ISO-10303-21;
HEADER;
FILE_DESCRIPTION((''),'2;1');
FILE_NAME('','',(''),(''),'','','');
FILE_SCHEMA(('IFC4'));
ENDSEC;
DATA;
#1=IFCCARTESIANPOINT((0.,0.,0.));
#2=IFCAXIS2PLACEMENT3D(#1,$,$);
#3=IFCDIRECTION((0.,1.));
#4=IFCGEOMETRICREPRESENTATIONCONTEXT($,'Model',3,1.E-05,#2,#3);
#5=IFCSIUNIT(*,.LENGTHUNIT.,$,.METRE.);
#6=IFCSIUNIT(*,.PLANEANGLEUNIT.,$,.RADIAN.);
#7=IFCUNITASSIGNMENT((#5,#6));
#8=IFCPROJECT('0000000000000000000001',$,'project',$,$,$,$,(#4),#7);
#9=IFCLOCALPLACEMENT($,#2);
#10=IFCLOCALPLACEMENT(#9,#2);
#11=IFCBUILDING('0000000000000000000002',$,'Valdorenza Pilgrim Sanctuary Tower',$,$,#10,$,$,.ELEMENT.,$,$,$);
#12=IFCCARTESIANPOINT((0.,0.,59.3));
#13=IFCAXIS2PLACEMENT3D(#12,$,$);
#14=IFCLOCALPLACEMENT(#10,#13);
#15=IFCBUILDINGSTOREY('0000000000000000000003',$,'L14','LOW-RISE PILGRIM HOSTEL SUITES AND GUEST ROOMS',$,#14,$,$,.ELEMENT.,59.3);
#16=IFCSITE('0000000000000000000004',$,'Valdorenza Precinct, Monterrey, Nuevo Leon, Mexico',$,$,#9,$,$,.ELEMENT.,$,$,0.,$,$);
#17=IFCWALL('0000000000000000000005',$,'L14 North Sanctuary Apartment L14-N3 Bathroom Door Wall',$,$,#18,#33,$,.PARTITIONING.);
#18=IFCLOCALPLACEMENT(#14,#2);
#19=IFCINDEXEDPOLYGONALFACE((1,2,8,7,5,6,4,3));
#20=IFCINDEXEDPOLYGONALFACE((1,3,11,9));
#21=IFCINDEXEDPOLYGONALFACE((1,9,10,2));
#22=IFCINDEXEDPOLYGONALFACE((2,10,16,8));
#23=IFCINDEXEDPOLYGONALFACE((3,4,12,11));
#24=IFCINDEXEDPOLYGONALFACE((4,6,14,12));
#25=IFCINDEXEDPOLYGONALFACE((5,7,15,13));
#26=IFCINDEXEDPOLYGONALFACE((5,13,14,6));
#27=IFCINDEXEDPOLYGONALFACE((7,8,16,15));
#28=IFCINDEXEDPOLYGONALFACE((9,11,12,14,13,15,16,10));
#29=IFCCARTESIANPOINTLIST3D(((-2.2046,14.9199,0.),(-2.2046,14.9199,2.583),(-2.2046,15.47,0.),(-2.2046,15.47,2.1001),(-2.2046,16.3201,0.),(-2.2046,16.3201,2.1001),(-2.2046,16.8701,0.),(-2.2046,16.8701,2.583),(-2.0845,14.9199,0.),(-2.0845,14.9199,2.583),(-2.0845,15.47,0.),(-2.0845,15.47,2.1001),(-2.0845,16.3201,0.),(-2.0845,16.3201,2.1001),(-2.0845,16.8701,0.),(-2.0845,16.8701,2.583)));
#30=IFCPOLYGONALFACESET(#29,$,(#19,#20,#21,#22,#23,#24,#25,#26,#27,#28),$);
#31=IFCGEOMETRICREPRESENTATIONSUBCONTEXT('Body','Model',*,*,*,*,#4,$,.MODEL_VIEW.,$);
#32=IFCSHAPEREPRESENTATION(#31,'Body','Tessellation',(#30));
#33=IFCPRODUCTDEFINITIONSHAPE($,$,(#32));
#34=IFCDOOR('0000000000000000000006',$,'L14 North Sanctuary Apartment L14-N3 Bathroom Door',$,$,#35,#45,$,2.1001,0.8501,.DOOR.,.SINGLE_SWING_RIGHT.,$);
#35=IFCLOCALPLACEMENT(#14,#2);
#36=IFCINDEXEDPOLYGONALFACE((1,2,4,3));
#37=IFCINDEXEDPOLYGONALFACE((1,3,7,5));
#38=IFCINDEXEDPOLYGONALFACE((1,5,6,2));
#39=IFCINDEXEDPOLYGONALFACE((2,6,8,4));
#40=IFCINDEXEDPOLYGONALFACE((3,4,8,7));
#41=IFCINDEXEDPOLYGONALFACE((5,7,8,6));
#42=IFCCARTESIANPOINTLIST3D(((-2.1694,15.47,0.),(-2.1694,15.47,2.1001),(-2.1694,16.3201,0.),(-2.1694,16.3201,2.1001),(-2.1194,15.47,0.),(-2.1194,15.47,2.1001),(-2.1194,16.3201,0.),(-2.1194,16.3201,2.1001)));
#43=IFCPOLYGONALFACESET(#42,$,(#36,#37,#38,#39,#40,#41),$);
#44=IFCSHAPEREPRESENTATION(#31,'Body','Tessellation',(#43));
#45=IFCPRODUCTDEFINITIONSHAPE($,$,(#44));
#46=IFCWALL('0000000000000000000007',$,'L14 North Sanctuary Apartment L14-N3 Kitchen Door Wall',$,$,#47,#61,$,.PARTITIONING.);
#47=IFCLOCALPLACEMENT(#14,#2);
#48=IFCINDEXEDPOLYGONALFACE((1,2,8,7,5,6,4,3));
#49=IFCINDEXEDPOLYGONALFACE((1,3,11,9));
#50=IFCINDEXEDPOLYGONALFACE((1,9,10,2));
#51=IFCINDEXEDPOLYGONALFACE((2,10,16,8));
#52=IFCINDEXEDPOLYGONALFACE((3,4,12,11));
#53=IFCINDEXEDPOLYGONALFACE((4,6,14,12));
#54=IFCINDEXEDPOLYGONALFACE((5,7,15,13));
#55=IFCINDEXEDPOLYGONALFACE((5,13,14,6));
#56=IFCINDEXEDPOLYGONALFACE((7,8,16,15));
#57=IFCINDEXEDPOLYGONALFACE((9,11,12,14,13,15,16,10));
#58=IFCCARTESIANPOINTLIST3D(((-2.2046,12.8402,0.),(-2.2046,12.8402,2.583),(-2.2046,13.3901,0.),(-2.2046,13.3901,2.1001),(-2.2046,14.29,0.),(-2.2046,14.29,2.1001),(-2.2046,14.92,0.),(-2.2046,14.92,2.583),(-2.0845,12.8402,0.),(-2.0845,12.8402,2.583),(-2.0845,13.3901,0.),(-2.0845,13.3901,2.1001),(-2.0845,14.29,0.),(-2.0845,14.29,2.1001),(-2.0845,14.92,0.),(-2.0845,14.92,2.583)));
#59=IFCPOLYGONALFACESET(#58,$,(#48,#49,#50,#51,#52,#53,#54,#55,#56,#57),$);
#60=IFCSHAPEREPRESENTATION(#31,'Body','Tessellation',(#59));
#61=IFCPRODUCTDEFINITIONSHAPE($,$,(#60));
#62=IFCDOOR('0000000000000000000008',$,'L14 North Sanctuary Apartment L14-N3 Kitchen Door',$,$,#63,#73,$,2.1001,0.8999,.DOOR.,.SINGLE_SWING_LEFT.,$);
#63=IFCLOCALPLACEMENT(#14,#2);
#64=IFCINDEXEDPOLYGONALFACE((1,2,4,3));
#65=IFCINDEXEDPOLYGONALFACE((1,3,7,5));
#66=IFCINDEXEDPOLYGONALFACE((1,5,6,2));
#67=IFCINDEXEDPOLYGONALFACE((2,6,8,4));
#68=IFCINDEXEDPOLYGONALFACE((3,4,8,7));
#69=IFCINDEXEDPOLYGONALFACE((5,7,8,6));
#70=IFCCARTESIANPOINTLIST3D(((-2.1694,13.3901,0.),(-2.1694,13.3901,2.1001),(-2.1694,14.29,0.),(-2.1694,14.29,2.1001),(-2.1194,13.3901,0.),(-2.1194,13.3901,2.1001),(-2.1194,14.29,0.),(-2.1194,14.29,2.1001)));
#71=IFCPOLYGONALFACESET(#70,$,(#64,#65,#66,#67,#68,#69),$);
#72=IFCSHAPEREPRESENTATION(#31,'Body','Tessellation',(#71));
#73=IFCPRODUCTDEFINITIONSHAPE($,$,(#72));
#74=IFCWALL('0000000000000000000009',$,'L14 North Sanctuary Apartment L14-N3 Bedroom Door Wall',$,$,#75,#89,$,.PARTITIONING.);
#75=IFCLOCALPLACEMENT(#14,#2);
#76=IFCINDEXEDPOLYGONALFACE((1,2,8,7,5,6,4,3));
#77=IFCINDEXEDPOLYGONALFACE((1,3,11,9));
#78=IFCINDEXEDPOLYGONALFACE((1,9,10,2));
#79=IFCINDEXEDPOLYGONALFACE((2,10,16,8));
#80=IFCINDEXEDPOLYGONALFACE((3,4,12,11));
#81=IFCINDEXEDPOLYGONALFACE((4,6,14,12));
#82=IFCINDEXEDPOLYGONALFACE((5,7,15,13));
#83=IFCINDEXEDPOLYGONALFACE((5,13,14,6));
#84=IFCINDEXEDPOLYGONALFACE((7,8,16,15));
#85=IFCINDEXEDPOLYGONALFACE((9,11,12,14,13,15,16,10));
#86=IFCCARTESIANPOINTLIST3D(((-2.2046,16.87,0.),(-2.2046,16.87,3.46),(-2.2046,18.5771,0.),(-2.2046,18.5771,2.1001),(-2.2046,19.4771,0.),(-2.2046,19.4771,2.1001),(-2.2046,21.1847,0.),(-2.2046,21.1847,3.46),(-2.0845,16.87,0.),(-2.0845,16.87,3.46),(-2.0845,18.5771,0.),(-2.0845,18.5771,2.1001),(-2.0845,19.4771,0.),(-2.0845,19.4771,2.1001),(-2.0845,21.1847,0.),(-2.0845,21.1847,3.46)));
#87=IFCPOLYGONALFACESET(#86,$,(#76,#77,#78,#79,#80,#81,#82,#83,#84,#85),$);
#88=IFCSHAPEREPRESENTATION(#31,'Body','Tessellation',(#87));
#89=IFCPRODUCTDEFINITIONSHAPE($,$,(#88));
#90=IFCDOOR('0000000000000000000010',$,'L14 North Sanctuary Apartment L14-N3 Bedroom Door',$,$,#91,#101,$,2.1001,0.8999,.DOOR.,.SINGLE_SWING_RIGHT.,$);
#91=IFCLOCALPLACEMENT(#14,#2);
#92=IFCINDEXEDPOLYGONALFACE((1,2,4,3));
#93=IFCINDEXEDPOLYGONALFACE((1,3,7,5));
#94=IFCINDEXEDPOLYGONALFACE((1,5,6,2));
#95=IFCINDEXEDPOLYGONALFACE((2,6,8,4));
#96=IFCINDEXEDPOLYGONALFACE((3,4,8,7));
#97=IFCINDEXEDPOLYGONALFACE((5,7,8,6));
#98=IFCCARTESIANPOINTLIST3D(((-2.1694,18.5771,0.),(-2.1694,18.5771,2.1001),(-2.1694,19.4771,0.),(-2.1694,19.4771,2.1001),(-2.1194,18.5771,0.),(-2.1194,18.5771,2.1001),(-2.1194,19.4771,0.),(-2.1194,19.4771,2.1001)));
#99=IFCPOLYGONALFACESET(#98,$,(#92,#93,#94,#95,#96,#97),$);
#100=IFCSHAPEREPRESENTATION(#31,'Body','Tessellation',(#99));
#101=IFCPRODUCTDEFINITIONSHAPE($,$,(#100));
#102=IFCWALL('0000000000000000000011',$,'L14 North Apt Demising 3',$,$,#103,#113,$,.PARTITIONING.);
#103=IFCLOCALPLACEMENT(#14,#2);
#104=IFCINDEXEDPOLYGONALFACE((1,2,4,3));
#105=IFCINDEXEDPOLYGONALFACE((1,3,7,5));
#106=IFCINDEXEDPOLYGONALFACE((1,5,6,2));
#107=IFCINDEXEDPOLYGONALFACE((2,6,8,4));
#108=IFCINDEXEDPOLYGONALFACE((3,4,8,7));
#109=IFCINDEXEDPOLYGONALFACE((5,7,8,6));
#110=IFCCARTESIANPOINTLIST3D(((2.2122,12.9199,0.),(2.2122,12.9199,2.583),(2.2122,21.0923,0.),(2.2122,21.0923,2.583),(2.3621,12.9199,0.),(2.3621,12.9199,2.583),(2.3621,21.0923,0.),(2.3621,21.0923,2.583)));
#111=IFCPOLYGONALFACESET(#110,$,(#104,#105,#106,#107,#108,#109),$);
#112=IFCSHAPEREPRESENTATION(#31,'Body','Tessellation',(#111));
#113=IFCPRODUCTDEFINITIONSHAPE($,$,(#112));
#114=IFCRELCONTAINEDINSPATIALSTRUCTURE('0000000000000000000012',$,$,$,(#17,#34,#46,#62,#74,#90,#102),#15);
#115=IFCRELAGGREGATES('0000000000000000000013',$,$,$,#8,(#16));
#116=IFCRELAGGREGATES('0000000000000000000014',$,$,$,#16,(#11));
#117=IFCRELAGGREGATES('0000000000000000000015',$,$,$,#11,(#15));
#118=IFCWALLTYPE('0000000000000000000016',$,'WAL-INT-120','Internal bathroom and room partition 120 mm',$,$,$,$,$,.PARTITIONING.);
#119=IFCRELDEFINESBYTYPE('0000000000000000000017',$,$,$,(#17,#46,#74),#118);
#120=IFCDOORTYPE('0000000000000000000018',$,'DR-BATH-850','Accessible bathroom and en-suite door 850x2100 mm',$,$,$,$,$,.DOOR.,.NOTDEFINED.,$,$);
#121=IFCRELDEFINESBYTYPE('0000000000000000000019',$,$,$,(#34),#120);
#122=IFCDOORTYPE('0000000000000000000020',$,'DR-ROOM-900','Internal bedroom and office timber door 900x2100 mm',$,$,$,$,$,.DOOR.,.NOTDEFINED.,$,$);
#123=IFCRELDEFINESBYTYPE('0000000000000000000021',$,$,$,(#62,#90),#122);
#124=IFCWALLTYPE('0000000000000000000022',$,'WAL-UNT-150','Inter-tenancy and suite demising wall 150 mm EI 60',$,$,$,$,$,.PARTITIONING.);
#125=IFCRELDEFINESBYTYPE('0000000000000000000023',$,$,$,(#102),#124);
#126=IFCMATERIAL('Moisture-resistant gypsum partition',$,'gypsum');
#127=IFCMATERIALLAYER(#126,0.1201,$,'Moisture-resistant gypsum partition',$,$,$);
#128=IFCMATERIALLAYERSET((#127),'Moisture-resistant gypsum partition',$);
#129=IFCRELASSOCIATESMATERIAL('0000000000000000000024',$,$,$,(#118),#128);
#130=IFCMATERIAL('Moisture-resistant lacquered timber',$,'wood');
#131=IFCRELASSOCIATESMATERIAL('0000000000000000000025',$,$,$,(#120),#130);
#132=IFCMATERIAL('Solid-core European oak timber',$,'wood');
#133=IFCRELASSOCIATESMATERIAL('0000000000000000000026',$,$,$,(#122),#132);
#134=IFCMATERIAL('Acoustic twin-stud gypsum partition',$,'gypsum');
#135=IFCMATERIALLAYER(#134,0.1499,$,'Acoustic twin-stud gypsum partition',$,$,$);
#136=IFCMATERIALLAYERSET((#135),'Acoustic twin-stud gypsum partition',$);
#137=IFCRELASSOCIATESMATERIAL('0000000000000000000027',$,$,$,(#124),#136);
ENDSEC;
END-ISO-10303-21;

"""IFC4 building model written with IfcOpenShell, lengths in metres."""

from ifc_helpers import new_model, si_unit, direction, frame, frame_2d, origin, place, context, subcontext, project, spatial, rectangle, extrude, material, layer, layer_set, type_object, element, fill, save


model = new_model("IFC4")

# Units and contexts
model_context = context("Model", 3, precision=1e-05, world=origin(), true_north=direction((0.0, 1.0)))
body_context = subcontext(model_context, "Body", "Model", "MODEL_VIEW")
ifc_project = project(units=[si_unit("LENGTHUNIT", "METRE"), si_unit("PLANEANGLEUNIT", "RADIAN")], contexts=[model_context])

# Site, building, storey
site_placement = place(None, origin())
site = spatial("IfcSite", under=ifc_project, at=site_placement, Name="Valdorenza Precinct, Monterrey, Nuevo Leon, Mexico", CompositionType="ELEMENT", RefElevation=0.0)
building_placement = place(site_placement, origin())
building = spatial("IfcBuilding", under=site, at=building_placement, Name="Valdorenza Pilgrim Sanctuary Tower", CompositionType="ELEMENT")
storey_placement = place(building_placement, frame((0.0, 0.0, 59.3)))
storey = spatial("IfcBuildingStorey", under=building, at=storey_placement, Name="L14", Description="LOW-RISE PILGRIM HOSTEL SUITES AND GUEST ROOMS", CompositionType="ELEMENT", Elevation=59.3)

# Shared definitions
ifc_material_1 = material(Name="Moisture-resistant gypsum partition", Category="gypsum")
ifc_layer_1 = layer(ifc_material_1, 0.1201, Name="Moisture-resistant gypsum partition")
ifc_layer_set_1 = layer_set([ifc_layer_1], Name="Moisture-resistant gypsum partition")
wall_type_1 = type_object("IfcWallType", Name="WAL-INT-120", Description="Internal bathroom and room partition 120 mm", PredefinedType="PARTITIONING", material=ifc_layer_set_1)

# Walls, openings, doors
wall_1_placement = place(storey_placement, frame((-2.1445, 14.9199, 0.0), z_axis=(0.0, 0.0, 1.0), x_axis=(0.0, 1.0, 0.0)))
wall_1 = element("IfcWall", 1, at=wall_1_placement, inside=storey, type_object=wall_type_1, Name="L14 North Sanctuary Apartment L14-N3 Bathroom Door Wall", PredefinedType="PARTITIONING", context=body_context, shape_type="SweptSolid", body=[
    extrude(rectangle(XDim=1.9502, YDim=0.1201, at=frame_2d((0.9751, 0.0))), origin(), (0.0, 0.0, 1.0), 2.583),
])
opening_1_placement = place(wall_1_placement, frame((0.55, 0.0, 0.0)))
opening_1 = element("IfcOpeningElement", 2, at=opening_1_placement, cuts=wall_1, PredefinedType="OPENING", context=body_context, shape_type="SweptSolid", body=[
    extrude(rectangle(XDim=0.8501, YDim=2.1001, at=frame_2d((0.425, 1.05))), frame((0.0, 0.075, 0.0), z_axis=(0.0, -1.0, 0.0), x_axis=(1.0, 0.0, 0.0)), (0.0, 0.0, 1.0), 0.1499),
])
ifc_material_2 = material(Name="Moisture-resistant lacquered timber", Category="wood")
door_type_1 = type_object("IfcDoorType", Name="DR-BATH-850", Description="Accessible bathroom and en-suite door 850x2100 mm", OperationType="NOTDEFINED", PredefinedType="DOOR", material=ifc_material_2)
door_1_placement = place(opening_1_placement, origin())
door_1 = element("IfcDoor", 3, at=door_1_placement, inside=storey, type_object=door_type_1, Name="L14 North Sanctuary Apartment L14-N3 Bathroom Door", OperationType="SINGLE_SWING_RIGHT", OverallHeight=2.1001, OverallWidth=0.8501, PredefinedType="DOOR", context=body_context, shape_type="SweptSolid", body=[
    extrude(rectangle(XDim=0.8501, YDim=2.1001, at=frame_2d((0.425, 1.05))), frame((0.0, 0.0249, 0.0), z_axis=(0.0, -1.0, 0.0), x_axis=(1.0, 0.0, 0.0)), (0.0, 0.0, 1.0), 0.05),
])
fill(opening_1, door_1)
wall_2_placement = place(storey_placement, frame((-2.1445, 12.8401, 0.0), z_axis=(0.0, 0.0, 1.0), x_axis=(0.0, 1.0, 0.0)))
wall_2 = element("IfcWall", 4, at=wall_2_placement, inside=storey, type_object=wall_type_1, Name="L14 North Sanctuary Apartment L14-N3 Kitchen Door Wall", PredefinedType="PARTITIONING", context=body_context, shape_type="SweptSolid", body=[
    extrude(rectangle(XDim=2.0798, YDim=0.1201, at=frame_2d((1.04, 0.0))), origin(), (0.0, 0.0, 1.0), 2.583),
])
opening_2_placement = place(wall_2_placement, frame((0.55, 0.0, 0.0)))
opening_2 = element("IfcOpeningElement", 5, at=opening_2_placement, cuts=wall_2, PredefinedType="OPENING", context=body_context, shape_type="SweptSolid", body=[
    extrude(rectangle(XDim=0.8999, YDim=2.1001, at=frame_2d((0.45, 1.05))), frame((0.0, 0.075, 0.0), z_axis=(0.0, -1.0, 0.0), x_axis=(1.0, 0.0, 0.0)), (0.0, 0.0, 1.0), 0.1499),
])
ifc_material_3 = material(Name="Solid-core European oak timber", Category="wood")
door_type_2 = type_object("IfcDoorType", Name="DR-ROOM-900", Description="Internal bedroom and office timber door 900x2100 mm", OperationType="NOTDEFINED", PredefinedType="DOOR", material=ifc_material_3)
door_2_placement = place(opening_2_placement, origin())
door_2 = element("IfcDoor", 6, at=door_2_placement, inside=storey, type_object=door_type_2, Name="L14 North Sanctuary Apartment L14-N3 Kitchen Door", OperationType="SINGLE_SWING_LEFT", OverallHeight=2.1001, OverallWidth=0.8999, PredefinedType="DOOR", context=body_context, shape_type="SweptSolid", body=[
    extrude(rectangle(XDim=0.8999, YDim=2.1001, at=frame_2d((0.45, 1.05))), frame((0.0, 0.0249, 0.0), z_axis=(0.0, -1.0, 0.0), x_axis=(1.0, 0.0, 0.0)), (0.0, 0.0, 1.0), 0.05),
])
fill(opening_2, door_2)
wall_3_placement = place(storey_placement, frame((-2.1445, 16.8701, 0.0), z_axis=(0.0, 0.0, 1.0), x_axis=(0.0, 1.0, 0.0)))
wall_3 = element("IfcWall", 7, at=wall_3_placement, inside=storey, type_object=wall_type_1, Name="L14 North Sanctuary Apartment L14-N3 Bedroom Door Wall", PredefinedType="PARTITIONING", context=body_context, shape_type="SweptSolid", body=[
    extrude(rectangle(XDim=4.3147, YDim=0.1201, at=frame_2d((2.1572, 0.0))), origin(), (0.0, 0.0, 1.0), 3.46),
])
opening_3_placement = place(wall_3_placement, frame((1.707, 0.0, 0.0)))
opening_3 = element("IfcOpeningElement", 8, at=opening_3_placement, cuts=wall_3, PredefinedType="OPENING", context=body_context, shape_type="SweptSolid", body=[
    extrude(rectangle(XDim=0.8999, YDim=2.1001, at=frame_2d((0.45, 1.05))), frame((0.0, 0.075, 0.0), z_axis=(0.0, -1.0, 0.0), x_axis=(1.0, 0.0, 0.0)), (0.0, 0.0, 1.0), 0.1499),
])
door_3_placement = place(opening_3_placement, origin())
door_3 = element("IfcDoor", 9, at=door_3_placement, inside=storey, type_object=door_type_2, Name="L14 North Sanctuary Apartment L14-N3 Bedroom Door", OperationType="SINGLE_SWING_RIGHT", OverallHeight=2.1001, OverallWidth=0.8999, PredefinedType="DOOR", context=body_context, shape_type="SweptSolid", body=[
    extrude(rectangle(XDim=0.8999, YDim=2.1001, at=frame_2d((0.45, 1.05))), frame((0.0, 0.0249, 0.0), z_axis=(0.0, -1.0, 0.0), x_axis=(1.0, 0.0, 0.0)), (0.0, 0.0, 1.0), 0.05),
])
fill(opening_3, door_3)

# Wall
ifc_material_4 = material(Name="Acoustic twin-stud gypsum partition", Category="gypsum")
ifc_layer_2 = layer(ifc_material_4, 0.1499, Name="Acoustic twin-stud gypsum partition")
ifc_layer_set_2 = layer_set([ifc_layer_2], Name="Acoustic twin-stud gypsum partition")
wall_type_2 = type_object("IfcWallType", Name="WAL-UNT-150", Description="Inter-tenancy and suite demising wall 150 mm EI 60", PredefinedType="PARTITIONING", material=ifc_layer_set_2)
wall_4_placement = place(storey_placement, frame((2.2871, 12.9199, 0.0), z_axis=(0.0, 0.0, 1.0), x_axis=(0.0, 1.0, 0.0)))
element("IfcWall", 10, at=wall_4_placement, inside=storey, type_object=wall_type_2, Name="L14 North Apt Demising 3", PredefinedType="PARTITIONING", context=body_context, shape_type="SweptSolid", body=[
    extrude(rectangle(XDim=8.1724, YDim=0.1499, at=frame_2d((4.0862, 0.0))), origin(), (0.0, 0.0, 1.0), 2.583),
])

save(model, "model.ifc")
